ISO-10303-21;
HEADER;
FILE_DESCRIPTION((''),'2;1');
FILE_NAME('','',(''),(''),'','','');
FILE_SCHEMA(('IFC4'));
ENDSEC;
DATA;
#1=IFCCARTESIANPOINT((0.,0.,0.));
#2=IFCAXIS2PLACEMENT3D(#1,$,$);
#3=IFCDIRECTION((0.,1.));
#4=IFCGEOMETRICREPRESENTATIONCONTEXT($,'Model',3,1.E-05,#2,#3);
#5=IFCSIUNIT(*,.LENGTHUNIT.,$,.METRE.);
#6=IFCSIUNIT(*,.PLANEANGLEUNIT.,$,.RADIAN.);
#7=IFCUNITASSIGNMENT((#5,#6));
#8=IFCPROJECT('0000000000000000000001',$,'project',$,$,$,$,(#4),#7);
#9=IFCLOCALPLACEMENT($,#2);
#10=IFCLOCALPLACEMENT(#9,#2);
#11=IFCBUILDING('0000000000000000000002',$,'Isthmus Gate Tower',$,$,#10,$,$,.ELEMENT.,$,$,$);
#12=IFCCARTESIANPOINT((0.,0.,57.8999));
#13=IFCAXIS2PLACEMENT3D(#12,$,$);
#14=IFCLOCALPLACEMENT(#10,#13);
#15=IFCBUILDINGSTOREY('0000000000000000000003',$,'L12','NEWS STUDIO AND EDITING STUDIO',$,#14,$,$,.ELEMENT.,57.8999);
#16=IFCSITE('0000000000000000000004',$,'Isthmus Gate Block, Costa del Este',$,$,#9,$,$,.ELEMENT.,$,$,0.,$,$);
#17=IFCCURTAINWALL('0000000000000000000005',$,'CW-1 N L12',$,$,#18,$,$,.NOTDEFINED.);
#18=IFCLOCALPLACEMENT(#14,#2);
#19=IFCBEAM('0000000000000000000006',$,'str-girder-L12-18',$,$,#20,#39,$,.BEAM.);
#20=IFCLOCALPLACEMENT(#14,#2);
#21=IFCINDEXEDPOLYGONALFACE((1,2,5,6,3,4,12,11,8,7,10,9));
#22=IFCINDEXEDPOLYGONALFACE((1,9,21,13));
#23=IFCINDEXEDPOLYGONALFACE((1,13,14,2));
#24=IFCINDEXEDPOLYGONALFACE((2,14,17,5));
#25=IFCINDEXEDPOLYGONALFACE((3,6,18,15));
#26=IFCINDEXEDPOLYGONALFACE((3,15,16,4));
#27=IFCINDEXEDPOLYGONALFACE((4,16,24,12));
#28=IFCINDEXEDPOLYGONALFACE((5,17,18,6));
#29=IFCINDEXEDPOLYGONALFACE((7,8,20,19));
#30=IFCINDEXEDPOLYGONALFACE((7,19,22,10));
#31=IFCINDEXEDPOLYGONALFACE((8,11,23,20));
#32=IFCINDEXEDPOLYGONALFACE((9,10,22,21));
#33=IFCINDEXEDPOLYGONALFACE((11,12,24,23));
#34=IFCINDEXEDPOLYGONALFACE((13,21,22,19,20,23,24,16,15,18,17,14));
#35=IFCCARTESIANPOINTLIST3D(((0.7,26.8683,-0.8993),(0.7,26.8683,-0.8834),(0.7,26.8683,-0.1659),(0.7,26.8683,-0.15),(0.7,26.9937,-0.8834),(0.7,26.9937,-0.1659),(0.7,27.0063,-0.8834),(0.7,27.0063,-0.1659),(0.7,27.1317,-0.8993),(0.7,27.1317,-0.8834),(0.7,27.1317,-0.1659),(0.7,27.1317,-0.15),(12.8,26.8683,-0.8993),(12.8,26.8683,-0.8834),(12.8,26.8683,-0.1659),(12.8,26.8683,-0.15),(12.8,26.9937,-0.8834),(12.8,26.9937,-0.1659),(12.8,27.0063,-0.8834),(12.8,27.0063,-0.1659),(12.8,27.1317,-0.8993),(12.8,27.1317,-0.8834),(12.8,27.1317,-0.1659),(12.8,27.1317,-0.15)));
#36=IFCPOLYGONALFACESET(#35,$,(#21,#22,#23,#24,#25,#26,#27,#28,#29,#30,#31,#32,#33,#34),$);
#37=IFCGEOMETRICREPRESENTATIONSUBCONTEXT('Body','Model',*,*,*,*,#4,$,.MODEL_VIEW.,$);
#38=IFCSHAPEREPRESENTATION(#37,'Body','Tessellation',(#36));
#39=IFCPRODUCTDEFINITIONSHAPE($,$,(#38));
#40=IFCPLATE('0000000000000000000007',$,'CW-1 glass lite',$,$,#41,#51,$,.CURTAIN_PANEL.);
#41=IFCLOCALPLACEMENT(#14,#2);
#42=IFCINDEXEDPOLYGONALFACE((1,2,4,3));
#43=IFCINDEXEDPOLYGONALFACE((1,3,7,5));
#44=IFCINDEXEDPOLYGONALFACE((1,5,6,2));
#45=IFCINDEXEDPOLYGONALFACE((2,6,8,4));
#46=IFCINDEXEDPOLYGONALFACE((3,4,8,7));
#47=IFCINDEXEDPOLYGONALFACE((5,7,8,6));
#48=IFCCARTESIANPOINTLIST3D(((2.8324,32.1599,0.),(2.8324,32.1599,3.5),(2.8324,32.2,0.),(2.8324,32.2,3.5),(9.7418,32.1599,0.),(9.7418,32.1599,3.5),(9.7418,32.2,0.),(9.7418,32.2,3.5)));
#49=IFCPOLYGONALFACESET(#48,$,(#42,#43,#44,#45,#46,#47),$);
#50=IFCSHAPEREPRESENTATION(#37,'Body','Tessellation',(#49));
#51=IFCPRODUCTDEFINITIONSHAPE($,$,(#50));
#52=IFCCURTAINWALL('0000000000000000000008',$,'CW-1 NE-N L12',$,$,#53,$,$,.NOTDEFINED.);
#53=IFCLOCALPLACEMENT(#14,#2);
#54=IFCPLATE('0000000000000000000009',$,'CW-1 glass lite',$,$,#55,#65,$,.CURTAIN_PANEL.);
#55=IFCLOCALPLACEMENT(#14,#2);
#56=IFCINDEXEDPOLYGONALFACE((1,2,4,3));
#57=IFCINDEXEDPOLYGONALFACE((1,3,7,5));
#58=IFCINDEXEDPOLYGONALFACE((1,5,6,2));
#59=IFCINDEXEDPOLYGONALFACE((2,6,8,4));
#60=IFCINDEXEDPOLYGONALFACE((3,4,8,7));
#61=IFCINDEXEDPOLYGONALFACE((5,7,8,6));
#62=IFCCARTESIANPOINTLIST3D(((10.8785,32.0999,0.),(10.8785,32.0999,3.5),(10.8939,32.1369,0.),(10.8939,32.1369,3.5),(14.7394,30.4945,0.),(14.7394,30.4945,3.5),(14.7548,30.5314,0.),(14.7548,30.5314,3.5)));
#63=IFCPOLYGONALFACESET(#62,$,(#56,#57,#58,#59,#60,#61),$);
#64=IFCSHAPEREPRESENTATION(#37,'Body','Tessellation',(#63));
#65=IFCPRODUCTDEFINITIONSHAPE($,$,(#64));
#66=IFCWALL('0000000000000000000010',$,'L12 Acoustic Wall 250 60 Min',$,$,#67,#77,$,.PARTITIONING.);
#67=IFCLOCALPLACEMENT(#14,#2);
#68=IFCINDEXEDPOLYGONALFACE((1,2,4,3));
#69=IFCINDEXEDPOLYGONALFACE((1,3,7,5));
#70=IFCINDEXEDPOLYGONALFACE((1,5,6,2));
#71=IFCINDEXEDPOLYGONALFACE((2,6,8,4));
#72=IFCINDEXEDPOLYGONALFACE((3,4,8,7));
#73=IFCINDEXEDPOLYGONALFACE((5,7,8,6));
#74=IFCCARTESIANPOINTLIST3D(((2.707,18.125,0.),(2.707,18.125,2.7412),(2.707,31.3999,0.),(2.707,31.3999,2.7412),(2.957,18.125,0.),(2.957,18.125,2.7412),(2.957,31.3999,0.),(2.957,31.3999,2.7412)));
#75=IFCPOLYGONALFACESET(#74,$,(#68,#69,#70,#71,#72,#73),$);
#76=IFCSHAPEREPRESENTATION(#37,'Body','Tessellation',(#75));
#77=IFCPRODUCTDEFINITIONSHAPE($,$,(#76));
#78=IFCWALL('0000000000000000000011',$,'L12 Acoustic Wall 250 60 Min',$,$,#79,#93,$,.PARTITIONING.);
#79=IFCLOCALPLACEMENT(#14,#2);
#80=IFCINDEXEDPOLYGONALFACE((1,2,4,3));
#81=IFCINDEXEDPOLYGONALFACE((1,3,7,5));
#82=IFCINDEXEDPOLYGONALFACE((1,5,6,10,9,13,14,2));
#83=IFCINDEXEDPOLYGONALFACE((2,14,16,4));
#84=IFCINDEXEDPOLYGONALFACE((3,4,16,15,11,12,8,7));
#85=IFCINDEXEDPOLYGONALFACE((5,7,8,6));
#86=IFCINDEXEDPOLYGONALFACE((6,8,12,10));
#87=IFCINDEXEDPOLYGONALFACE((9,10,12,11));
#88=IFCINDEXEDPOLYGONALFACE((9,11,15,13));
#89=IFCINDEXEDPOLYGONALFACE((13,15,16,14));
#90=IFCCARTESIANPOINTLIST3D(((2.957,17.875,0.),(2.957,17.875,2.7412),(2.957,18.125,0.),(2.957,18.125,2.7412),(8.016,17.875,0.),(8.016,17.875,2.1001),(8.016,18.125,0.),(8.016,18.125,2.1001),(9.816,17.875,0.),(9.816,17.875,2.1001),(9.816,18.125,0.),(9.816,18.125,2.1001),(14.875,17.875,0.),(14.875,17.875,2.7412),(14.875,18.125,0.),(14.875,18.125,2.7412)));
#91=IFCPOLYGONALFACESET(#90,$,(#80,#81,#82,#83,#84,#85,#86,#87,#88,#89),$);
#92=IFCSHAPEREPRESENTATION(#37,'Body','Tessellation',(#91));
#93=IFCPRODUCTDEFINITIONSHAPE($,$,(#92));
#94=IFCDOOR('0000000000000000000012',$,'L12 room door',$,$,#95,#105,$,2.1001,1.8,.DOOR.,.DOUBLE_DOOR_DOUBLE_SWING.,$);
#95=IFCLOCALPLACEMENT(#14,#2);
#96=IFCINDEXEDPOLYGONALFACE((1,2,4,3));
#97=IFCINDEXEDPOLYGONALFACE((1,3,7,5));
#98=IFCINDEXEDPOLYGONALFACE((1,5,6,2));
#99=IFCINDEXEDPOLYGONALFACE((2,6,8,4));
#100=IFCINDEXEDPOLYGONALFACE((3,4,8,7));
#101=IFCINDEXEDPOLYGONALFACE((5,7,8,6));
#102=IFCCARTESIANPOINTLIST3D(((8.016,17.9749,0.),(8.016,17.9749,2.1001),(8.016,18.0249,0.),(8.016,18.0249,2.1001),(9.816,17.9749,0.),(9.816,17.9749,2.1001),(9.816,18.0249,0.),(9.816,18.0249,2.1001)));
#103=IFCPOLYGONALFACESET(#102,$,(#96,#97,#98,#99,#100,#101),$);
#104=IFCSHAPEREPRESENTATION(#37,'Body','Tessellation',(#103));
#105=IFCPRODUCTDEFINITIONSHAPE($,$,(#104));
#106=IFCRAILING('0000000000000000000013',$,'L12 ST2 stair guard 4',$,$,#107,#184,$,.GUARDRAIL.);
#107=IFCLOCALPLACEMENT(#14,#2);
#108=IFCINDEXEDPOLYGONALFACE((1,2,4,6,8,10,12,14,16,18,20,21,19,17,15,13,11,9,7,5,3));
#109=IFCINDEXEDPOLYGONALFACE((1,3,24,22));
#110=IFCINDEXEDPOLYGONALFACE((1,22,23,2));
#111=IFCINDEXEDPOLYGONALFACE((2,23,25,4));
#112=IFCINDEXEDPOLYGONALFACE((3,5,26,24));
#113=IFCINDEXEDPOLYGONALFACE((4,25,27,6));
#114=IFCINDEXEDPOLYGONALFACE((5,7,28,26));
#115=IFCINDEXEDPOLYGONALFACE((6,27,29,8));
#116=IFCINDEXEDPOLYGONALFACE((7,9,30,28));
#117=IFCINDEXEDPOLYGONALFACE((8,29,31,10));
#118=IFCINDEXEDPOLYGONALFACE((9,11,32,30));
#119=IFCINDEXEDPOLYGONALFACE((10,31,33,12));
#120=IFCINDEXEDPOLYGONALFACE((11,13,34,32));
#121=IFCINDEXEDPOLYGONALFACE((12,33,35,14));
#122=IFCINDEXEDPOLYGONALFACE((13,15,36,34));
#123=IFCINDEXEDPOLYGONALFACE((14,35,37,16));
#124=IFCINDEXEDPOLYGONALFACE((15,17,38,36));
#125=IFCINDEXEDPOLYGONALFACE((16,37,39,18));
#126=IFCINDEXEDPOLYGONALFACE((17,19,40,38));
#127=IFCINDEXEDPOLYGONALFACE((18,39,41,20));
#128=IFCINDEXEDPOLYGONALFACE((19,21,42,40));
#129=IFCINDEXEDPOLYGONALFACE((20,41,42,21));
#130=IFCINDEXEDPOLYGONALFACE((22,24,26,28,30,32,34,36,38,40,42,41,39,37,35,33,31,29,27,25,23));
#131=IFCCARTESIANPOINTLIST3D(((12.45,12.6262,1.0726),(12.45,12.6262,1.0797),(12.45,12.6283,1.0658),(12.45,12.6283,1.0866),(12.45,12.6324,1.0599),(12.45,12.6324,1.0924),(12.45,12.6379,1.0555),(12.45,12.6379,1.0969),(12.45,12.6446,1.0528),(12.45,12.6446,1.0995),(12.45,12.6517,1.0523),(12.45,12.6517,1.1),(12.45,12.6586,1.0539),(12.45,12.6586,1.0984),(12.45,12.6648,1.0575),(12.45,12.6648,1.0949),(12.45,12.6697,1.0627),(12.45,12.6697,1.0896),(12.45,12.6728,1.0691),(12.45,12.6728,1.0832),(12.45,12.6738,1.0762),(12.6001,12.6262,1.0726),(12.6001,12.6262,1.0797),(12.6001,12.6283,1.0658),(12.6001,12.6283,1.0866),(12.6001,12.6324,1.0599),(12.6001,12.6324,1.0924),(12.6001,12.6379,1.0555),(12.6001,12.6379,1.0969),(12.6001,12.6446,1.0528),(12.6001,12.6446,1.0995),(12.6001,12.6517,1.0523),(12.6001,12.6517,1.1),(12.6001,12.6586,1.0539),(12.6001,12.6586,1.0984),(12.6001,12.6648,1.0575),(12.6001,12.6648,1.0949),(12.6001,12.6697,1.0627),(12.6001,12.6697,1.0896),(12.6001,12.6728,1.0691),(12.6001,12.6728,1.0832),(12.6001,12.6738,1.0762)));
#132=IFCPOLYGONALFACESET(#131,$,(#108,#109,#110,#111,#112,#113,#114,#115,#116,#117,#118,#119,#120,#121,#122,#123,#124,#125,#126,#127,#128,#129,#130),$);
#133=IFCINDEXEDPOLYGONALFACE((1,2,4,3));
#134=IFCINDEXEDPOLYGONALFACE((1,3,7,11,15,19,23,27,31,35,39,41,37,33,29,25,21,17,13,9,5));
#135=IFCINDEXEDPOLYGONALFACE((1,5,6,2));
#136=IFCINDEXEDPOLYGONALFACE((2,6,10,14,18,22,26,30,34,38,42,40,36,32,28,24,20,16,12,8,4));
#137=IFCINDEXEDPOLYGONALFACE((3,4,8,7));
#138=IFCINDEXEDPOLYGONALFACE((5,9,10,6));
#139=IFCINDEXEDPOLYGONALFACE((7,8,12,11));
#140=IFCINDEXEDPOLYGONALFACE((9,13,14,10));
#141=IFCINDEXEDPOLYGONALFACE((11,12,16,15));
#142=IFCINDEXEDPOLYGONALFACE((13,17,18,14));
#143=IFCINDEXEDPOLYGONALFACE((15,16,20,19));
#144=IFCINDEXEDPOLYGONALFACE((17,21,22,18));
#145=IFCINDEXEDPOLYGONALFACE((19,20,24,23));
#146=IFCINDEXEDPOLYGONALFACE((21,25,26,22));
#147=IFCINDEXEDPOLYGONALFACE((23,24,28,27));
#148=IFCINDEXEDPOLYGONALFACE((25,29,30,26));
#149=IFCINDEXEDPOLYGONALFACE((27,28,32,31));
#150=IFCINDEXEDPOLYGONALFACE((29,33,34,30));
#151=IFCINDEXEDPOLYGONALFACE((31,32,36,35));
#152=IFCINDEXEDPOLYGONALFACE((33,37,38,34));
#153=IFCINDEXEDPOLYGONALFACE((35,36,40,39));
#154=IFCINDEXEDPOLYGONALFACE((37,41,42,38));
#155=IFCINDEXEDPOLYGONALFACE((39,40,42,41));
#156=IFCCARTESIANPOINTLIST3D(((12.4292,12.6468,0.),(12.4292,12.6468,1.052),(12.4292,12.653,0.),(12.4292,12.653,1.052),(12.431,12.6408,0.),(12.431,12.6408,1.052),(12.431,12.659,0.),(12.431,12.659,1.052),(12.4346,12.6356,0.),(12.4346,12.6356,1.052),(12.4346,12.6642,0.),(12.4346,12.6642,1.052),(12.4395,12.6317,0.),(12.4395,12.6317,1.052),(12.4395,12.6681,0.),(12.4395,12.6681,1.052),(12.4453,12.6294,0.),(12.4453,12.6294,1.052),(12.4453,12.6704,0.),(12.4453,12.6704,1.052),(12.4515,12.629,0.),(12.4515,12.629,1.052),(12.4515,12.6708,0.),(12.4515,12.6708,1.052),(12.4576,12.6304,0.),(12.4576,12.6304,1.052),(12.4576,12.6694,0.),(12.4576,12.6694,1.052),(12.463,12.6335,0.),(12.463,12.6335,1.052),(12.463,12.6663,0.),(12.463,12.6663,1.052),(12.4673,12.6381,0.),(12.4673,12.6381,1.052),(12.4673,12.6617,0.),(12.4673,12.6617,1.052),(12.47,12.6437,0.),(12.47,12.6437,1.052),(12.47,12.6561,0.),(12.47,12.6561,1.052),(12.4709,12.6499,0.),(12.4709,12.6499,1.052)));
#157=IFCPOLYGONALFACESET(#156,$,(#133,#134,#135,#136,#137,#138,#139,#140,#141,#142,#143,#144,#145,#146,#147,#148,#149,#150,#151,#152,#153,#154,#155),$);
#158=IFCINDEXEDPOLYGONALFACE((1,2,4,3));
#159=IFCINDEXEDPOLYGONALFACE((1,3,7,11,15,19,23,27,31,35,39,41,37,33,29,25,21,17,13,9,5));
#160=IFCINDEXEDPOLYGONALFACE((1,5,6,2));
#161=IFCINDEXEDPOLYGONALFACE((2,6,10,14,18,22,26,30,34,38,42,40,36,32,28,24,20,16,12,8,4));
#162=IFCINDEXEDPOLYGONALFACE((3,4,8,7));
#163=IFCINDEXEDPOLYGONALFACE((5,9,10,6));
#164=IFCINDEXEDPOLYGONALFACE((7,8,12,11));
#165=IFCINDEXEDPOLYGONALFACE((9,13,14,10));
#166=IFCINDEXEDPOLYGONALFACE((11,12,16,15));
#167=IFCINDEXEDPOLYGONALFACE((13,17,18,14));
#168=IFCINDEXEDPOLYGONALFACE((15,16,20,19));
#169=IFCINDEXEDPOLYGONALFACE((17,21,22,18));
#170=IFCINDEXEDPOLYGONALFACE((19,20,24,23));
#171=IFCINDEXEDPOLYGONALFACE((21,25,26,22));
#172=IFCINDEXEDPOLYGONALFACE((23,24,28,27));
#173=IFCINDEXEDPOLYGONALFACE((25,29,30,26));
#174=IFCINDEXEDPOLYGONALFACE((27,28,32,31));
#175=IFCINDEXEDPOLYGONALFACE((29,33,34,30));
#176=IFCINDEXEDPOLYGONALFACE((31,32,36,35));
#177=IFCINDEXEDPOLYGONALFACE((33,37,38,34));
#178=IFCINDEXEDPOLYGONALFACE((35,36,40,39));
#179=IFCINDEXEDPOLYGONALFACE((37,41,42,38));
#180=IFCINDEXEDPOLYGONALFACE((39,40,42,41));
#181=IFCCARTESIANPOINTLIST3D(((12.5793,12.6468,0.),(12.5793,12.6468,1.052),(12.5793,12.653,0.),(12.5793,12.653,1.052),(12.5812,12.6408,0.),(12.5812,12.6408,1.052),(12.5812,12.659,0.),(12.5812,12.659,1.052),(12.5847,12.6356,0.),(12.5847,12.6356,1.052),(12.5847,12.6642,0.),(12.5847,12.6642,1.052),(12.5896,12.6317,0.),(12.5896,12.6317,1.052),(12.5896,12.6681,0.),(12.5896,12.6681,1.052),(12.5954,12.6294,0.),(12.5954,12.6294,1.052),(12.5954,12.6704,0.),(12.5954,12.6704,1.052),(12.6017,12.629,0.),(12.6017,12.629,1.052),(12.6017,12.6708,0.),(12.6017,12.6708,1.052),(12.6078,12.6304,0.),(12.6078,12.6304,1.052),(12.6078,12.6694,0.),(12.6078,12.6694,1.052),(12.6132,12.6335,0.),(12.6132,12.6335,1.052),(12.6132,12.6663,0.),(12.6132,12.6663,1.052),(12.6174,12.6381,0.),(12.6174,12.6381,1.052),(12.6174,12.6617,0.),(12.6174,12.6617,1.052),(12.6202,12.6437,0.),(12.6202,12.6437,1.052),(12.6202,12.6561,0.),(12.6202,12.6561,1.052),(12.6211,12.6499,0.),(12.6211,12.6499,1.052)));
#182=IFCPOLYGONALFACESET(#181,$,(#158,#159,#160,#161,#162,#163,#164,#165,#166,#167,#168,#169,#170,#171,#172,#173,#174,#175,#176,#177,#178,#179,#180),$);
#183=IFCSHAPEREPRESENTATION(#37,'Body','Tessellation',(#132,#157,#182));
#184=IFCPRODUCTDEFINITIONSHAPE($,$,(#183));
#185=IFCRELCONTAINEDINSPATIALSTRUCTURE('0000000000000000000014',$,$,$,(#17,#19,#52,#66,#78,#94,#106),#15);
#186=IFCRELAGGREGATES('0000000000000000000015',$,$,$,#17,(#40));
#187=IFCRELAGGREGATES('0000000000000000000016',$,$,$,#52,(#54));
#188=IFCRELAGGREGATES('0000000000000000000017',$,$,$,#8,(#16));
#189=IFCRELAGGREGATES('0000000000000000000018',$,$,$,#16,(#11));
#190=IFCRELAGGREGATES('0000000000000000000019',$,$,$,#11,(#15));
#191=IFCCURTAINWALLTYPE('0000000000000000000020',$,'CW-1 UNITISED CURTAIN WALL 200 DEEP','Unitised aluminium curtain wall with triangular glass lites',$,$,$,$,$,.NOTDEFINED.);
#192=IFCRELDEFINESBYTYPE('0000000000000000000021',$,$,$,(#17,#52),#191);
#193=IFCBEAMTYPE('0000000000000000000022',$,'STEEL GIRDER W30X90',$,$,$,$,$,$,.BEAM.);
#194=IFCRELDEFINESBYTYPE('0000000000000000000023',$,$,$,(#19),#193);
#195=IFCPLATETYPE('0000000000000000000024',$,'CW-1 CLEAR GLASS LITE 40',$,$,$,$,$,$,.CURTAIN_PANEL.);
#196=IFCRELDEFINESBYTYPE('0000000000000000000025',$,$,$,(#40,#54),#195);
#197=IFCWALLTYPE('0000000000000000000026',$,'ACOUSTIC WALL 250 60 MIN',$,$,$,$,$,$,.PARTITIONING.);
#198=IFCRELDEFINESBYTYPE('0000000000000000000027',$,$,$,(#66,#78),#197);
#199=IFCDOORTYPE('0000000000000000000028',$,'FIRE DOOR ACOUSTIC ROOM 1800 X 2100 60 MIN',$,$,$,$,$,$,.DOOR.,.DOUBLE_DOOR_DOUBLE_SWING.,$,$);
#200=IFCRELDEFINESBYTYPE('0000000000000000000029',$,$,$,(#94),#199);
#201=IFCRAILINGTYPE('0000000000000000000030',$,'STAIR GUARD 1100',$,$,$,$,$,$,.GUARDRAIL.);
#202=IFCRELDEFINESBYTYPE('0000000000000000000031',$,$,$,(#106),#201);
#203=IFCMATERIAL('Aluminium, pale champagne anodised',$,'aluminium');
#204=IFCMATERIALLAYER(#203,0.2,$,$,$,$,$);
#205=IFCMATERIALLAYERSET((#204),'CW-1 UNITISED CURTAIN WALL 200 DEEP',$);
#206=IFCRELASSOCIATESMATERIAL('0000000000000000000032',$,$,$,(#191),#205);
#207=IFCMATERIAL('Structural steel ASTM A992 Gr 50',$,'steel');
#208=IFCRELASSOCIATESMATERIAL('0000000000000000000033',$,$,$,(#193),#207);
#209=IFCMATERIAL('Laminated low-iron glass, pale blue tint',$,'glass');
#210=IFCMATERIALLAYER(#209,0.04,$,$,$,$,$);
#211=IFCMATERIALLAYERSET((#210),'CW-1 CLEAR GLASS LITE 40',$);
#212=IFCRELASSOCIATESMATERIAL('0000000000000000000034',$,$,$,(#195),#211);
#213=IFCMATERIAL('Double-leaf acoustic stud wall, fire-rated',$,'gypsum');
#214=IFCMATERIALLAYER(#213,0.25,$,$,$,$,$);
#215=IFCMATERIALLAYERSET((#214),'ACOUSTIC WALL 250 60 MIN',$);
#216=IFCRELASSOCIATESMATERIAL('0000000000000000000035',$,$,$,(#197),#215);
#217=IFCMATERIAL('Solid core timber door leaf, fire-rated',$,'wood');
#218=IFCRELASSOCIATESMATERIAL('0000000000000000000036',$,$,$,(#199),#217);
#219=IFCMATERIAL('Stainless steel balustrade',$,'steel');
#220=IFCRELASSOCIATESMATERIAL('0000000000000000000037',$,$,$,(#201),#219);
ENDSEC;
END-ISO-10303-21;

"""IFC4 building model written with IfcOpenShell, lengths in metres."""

from ifc_helpers import new_model, si_unit, direction, frame, frame_2d, origin, origin_2d, place, context, subcontext, project, spatial, rectangle, circle, i_section, extrude, material, layer, layer_set, material_profile, profile_set, type_object, element, fill, aggregate, save


model = new_model("IFC4")

# Units and contexts
model_context = context("Model", 3, precision=1e-05, world=origin(), true_north=direction((0.0, 1.0)))
body_context = subcontext(model_context, "Body", "Model", "MODEL_VIEW")
ifc_project = project(units=[si_unit("LENGTHUNIT", "METRE"), si_unit("PLANEANGLEUNIT", "RADIAN")], contexts=[model_context])

# Site, building, storey
site_placement = place(None, origin())
site = spatial("IfcSite", under=ifc_project, at=site_placement, Name="Isthmus Gate Block, Costa del Este", CompositionType="ELEMENT", RefElevation=0.0)
building_placement = place(site_placement, origin())
building = spatial("IfcBuilding", under=site, at=building_placement, Name="Isthmus Gate Tower", CompositionType="ELEMENT")
storey_placement = place(building_placement, frame((0.0, 0.0, 57.8999)))
storey = spatial("IfcBuildingStorey", under=building, at=storey_placement, Name="L12", Description="NEWS STUDIO AND EDITING STUDIO", CompositionType="ELEMENT", Elevation=57.8999)

# Curtain wall
ifc_material_1 = material(Name="Aluminium, pale champagne anodised", Category="aluminium")
ifc_layer_1 = layer(ifc_material_1, 0.2)
ifc_layer_set_1 = layer_set([ifc_layer_1], Name="CW-1 UNITISED CURTAIN WALL 200 DEEP")
curtain_wall_type = type_object("IfcCurtainWallType", Name="CW-1 UNITISED CURTAIN WALL 200 DEEP", Description="Unitised aluminium curtain wall with triangular glass lites", PredefinedType="NOTDEFINED", material=ifc_layer_set_1)
curtain_wall_1_placement = place(storey_placement, origin())
curtain_wall_1 = element("IfcCurtainWall", 1, at=curtain_wall_1_placement, inside=storey, type_object=curtain_wall_type, Name="CW-1 N L12", PredefinedType="NOTDEFINED")

# Beam
ifc_material_2 = material(Name="Structural steel ASTM A992 Gr 50", Category="steel")
ifc_material_profile_1 = material_profile(ifc_material_2, i_section(OverallWidth=0.2634, OverallDepth=0.7493, WebThickness=0.0127, FlangeThickness=0.0159, at=origin_2d()), Name="W30X90")
ifc_profile_set_1 = profile_set([ifc_material_profile_1], Name="Structural steel ASTM A992 Gr 50")
beam_type_1 = type_object("IfcBeamType", Name="STEEL GIRDER W30X90", PredefinedType="BEAM", material=ifc_profile_set_1)
beam_1_placement = place(storey_placement, frame((0.7, 27.0, -0.5247), z_axis=(1.0, 0.0, 0.0), x_axis=(0.0, 1.0, 0.0)))
element("IfcBeam", 2, at=beam_1_placement, inside=storey, type_object=beam_type_1, Name="str-girder-L12-18", PredefinedType="BEAM", context=body_context, shape_type="SweptSolid", body=[
    extrude(i_section(OverallWidth=0.2634, OverallDepth=0.7493, WebThickness=0.0127, FlangeThickness=0.0159, at=origin_2d()), origin(), (0.0, 0.0, 1.0), 12.1001),
])

# Plate
ifc_material_3 = material(Name="Laminated low-iron glass, pale blue tint", Category="glass")
ifc_layer_2 = layer(ifc_material_3, 0.04)
ifc_layer_set_2 = layer_set([ifc_layer_2], Name="CW-1 CLEAR GLASS LITE 40")
plate_type = type_object("IfcPlateType", Name="CW-1 CLEAR GLASS LITE 40", PredefinedType="CURTAIN_PANEL", material=ifc_layer_set_2)
plate_1_placement = place(storey_placement, frame((6.2871, 32.1799, 0.0), z_axis=(0.0, 0.0, 1.0), x_axis=(-1.0, 0.0, 0.0)))
plate_1 = element("IfcPlate", 3, at=plate_1_placement, type_object=plate_type, Name="CW-1 glass lite", PredefinedType="CURTAIN_PANEL", context=body_context, shape_type="SweptSolid", body=[
    extrude(rectangle(XDim=6.9094, YDim=0.04, at=origin_2d()), origin(), (0.0, 0.0, 1.0), 3.5),
])
aggregate(curtain_wall_1, [plate_1])

# Curtain wall, plate
curtain_wall_2_placement = place(storey_placement, origin())
curtain_wall_2 = element("IfcCurtainWall", 4, at=curtain_wall_2_placement, inside=storey, type_object=curtain_wall_type, Name="CW-1 NE-N L12", PredefinedType="NOTDEFINED")
plate_2_placement = place(storey_placement, frame((12.8167, 31.3157, 0.0), z_axis=(0.0, 0.0, 1.0), x_axis=(-0.923353, 0.383952, 0.0)))
plate_2 = element("IfcPlate", 5, at=plate_2_placement, type_object=plate_type, Name="CW-1 glass lite", PredefinedType="CURTAIN_PANEL", context=body_context, shape_type="SweptSolid", body=[
    extrude(rectangle(XDim=4.1814, YDim=0.04, at=origin_2d()), origin(), (0.0, 0.0, 1.0), 3.5),
])
aggregate(curtain_wall_2, [plate_2])

# Wall
ifc_material_4 = material(Name="Double-leaf acoustic stud wall, fire-rated", Category="gypsum")
ifc_layer_3 = layer(ifc_material_4, 0.25)
ifc_layer_set_3 = layer_set([ifc_layer_3], Name="ACOUSTIC WALL 250 60 MIN")
wall_type = type_object("IfcWallType", Name="ACOUSTIC WALL 250 60 MIN", PredefinedType="PARTITIONING", material=ifc_layer_set_3)
wall_1_placement = place(storey_placement, frame((2.832, 18.125, 0.0), z_axis=(0.0, 0.0, 1.0), x_axis=(0.0, 1.0, 0.0)))
element("IfcWall", 6, at=wall_1_placement, inside=storey, type_object=wall_type, Name="L12 Acoustic Wall 250 60 Min", PredefinedType="PARTITIONING", context=body_context, shape_type="SweptSolid", body=[
    extrude(rectangle(XDim=13.2749, YDim=0.25, at=frame_2d((6.6375, 0.0))), origin(), (0.0, 0.0, 1.0), 2.7412),
])

# Wall, opening, door
wall_2_placement = place(storey_placement, frame((2.957, 18.0, 0.0), z_axis=(0.0, 0.0, 1.0), x_axis=(1.0, 0.0, 0.0)))
wall_2 = element("IfcWall", 7, at=wall_2_placement, inside=storey, type_object=wall_type, Name="L12 Acoustic Wall 250 60 Min", PredefinedType="PARTITIONING", context=body_context, shape_type="SweptSolid", body=[
    extrude(rectangle(XDim=11.918, YDim=0.25, at=frame_2d((5.959, 0.0))), origin(), (0.0, 0.0, 1.0), 2.7412),
])
opening_placement = place(wall_2_placement, frame((5.0591, 0.0, 0.0)))
opening = element("IfcOpeningElement", 8, at=opening_placement, cuts=wall_2, PredefinedType="OPENING", context=body_context, shape_type="SweptSolid", body=[
    extrude(rectangle(XDim=1.8, YDim=2.1001, at=frame_2d((0.8999, 1.05))), frame((0.0, 0.135, 0.0), z_axis=(0.0, -1.0, 0.0), x_axis=(1.0, 0.0, 0.0)), (0.0, 0.0, 1.0), 0.27),
])
ifc_material_5 = material(Name="Solid core timber door leaf, fire-rated", Category="wood")
door_type = type_object("IfcDoorType", Name="FIRE DOOR ACOUSTIC ROOM 1800 X 2100 60 MIN", OperationType="DOUBLE_DOOR_DOUBLE_SWING", PredefinedType="DOOR", material=ifc_material_5)
door_placement = place(opening_placement, origin())
door = element("IfcDoor", 9, at=door_placement, inside=storey, type_object=door_type, Name="L12 room door", OperationType="DOUBLE_DOOR_DOUBLE_SWING", OverallHeight=2.1001, OverallWidth=1.8, PredefinedType="DOOR", context=body_context, shape_type="SweptSolid", body=[
    extrude(rectangle(XDim=1.8, YDim=2.1001, at=frame_2d((0.8999, 1.05))), frame((0.0, 0.0249, 0.0), z_axis=(0.0, -1.0, 0.0), x_axis=(1.0, 0.0, 0.0)), (0.0, 0.0, 1.0), 0.05),
])
fill(opening, door)

# Railing
ifc_material_6 = material(Name="Stainless steel balustrade", Category="steel")
railing_type = type_object("IfcRailingType", Name="STAIR GUARD 1100", PredefinedType="GUARDRAIL", material=ifc_material_6)
railing_placement = place(storey_placement, frame((12.45, 12.6499, 0.0)))
element("IfcRailing", 10, at=railing_placement, inside=storey, type_object=railing_type, Name="L12 ST2 stair guard 4", PredefinedType="GUARDRAIL", context=body_context, shape_type="SweptSolid", body=[
    extrude(circle(Radius=0.0239, at=origin_2d()), frame((0.0, 0.0, 1.0762), z_axis=(1.0, 0.0, 0.0), x_axis=(0.0, 1.0, 0.0)), (0.0, 0.0, 1.0), 0.1501),
    extrude(circle(Radius=0.021, at=origin_2d()), origin(), (0.0, 0.0, 1.0), 1.052),
    extrude(circle(Radius=0.021, at=origin_2d()), frame((0.1501, 0.0, 0.0)), (0.0, 0.0, 1.0), 1.052),
])

save(model, "model.ifc")
